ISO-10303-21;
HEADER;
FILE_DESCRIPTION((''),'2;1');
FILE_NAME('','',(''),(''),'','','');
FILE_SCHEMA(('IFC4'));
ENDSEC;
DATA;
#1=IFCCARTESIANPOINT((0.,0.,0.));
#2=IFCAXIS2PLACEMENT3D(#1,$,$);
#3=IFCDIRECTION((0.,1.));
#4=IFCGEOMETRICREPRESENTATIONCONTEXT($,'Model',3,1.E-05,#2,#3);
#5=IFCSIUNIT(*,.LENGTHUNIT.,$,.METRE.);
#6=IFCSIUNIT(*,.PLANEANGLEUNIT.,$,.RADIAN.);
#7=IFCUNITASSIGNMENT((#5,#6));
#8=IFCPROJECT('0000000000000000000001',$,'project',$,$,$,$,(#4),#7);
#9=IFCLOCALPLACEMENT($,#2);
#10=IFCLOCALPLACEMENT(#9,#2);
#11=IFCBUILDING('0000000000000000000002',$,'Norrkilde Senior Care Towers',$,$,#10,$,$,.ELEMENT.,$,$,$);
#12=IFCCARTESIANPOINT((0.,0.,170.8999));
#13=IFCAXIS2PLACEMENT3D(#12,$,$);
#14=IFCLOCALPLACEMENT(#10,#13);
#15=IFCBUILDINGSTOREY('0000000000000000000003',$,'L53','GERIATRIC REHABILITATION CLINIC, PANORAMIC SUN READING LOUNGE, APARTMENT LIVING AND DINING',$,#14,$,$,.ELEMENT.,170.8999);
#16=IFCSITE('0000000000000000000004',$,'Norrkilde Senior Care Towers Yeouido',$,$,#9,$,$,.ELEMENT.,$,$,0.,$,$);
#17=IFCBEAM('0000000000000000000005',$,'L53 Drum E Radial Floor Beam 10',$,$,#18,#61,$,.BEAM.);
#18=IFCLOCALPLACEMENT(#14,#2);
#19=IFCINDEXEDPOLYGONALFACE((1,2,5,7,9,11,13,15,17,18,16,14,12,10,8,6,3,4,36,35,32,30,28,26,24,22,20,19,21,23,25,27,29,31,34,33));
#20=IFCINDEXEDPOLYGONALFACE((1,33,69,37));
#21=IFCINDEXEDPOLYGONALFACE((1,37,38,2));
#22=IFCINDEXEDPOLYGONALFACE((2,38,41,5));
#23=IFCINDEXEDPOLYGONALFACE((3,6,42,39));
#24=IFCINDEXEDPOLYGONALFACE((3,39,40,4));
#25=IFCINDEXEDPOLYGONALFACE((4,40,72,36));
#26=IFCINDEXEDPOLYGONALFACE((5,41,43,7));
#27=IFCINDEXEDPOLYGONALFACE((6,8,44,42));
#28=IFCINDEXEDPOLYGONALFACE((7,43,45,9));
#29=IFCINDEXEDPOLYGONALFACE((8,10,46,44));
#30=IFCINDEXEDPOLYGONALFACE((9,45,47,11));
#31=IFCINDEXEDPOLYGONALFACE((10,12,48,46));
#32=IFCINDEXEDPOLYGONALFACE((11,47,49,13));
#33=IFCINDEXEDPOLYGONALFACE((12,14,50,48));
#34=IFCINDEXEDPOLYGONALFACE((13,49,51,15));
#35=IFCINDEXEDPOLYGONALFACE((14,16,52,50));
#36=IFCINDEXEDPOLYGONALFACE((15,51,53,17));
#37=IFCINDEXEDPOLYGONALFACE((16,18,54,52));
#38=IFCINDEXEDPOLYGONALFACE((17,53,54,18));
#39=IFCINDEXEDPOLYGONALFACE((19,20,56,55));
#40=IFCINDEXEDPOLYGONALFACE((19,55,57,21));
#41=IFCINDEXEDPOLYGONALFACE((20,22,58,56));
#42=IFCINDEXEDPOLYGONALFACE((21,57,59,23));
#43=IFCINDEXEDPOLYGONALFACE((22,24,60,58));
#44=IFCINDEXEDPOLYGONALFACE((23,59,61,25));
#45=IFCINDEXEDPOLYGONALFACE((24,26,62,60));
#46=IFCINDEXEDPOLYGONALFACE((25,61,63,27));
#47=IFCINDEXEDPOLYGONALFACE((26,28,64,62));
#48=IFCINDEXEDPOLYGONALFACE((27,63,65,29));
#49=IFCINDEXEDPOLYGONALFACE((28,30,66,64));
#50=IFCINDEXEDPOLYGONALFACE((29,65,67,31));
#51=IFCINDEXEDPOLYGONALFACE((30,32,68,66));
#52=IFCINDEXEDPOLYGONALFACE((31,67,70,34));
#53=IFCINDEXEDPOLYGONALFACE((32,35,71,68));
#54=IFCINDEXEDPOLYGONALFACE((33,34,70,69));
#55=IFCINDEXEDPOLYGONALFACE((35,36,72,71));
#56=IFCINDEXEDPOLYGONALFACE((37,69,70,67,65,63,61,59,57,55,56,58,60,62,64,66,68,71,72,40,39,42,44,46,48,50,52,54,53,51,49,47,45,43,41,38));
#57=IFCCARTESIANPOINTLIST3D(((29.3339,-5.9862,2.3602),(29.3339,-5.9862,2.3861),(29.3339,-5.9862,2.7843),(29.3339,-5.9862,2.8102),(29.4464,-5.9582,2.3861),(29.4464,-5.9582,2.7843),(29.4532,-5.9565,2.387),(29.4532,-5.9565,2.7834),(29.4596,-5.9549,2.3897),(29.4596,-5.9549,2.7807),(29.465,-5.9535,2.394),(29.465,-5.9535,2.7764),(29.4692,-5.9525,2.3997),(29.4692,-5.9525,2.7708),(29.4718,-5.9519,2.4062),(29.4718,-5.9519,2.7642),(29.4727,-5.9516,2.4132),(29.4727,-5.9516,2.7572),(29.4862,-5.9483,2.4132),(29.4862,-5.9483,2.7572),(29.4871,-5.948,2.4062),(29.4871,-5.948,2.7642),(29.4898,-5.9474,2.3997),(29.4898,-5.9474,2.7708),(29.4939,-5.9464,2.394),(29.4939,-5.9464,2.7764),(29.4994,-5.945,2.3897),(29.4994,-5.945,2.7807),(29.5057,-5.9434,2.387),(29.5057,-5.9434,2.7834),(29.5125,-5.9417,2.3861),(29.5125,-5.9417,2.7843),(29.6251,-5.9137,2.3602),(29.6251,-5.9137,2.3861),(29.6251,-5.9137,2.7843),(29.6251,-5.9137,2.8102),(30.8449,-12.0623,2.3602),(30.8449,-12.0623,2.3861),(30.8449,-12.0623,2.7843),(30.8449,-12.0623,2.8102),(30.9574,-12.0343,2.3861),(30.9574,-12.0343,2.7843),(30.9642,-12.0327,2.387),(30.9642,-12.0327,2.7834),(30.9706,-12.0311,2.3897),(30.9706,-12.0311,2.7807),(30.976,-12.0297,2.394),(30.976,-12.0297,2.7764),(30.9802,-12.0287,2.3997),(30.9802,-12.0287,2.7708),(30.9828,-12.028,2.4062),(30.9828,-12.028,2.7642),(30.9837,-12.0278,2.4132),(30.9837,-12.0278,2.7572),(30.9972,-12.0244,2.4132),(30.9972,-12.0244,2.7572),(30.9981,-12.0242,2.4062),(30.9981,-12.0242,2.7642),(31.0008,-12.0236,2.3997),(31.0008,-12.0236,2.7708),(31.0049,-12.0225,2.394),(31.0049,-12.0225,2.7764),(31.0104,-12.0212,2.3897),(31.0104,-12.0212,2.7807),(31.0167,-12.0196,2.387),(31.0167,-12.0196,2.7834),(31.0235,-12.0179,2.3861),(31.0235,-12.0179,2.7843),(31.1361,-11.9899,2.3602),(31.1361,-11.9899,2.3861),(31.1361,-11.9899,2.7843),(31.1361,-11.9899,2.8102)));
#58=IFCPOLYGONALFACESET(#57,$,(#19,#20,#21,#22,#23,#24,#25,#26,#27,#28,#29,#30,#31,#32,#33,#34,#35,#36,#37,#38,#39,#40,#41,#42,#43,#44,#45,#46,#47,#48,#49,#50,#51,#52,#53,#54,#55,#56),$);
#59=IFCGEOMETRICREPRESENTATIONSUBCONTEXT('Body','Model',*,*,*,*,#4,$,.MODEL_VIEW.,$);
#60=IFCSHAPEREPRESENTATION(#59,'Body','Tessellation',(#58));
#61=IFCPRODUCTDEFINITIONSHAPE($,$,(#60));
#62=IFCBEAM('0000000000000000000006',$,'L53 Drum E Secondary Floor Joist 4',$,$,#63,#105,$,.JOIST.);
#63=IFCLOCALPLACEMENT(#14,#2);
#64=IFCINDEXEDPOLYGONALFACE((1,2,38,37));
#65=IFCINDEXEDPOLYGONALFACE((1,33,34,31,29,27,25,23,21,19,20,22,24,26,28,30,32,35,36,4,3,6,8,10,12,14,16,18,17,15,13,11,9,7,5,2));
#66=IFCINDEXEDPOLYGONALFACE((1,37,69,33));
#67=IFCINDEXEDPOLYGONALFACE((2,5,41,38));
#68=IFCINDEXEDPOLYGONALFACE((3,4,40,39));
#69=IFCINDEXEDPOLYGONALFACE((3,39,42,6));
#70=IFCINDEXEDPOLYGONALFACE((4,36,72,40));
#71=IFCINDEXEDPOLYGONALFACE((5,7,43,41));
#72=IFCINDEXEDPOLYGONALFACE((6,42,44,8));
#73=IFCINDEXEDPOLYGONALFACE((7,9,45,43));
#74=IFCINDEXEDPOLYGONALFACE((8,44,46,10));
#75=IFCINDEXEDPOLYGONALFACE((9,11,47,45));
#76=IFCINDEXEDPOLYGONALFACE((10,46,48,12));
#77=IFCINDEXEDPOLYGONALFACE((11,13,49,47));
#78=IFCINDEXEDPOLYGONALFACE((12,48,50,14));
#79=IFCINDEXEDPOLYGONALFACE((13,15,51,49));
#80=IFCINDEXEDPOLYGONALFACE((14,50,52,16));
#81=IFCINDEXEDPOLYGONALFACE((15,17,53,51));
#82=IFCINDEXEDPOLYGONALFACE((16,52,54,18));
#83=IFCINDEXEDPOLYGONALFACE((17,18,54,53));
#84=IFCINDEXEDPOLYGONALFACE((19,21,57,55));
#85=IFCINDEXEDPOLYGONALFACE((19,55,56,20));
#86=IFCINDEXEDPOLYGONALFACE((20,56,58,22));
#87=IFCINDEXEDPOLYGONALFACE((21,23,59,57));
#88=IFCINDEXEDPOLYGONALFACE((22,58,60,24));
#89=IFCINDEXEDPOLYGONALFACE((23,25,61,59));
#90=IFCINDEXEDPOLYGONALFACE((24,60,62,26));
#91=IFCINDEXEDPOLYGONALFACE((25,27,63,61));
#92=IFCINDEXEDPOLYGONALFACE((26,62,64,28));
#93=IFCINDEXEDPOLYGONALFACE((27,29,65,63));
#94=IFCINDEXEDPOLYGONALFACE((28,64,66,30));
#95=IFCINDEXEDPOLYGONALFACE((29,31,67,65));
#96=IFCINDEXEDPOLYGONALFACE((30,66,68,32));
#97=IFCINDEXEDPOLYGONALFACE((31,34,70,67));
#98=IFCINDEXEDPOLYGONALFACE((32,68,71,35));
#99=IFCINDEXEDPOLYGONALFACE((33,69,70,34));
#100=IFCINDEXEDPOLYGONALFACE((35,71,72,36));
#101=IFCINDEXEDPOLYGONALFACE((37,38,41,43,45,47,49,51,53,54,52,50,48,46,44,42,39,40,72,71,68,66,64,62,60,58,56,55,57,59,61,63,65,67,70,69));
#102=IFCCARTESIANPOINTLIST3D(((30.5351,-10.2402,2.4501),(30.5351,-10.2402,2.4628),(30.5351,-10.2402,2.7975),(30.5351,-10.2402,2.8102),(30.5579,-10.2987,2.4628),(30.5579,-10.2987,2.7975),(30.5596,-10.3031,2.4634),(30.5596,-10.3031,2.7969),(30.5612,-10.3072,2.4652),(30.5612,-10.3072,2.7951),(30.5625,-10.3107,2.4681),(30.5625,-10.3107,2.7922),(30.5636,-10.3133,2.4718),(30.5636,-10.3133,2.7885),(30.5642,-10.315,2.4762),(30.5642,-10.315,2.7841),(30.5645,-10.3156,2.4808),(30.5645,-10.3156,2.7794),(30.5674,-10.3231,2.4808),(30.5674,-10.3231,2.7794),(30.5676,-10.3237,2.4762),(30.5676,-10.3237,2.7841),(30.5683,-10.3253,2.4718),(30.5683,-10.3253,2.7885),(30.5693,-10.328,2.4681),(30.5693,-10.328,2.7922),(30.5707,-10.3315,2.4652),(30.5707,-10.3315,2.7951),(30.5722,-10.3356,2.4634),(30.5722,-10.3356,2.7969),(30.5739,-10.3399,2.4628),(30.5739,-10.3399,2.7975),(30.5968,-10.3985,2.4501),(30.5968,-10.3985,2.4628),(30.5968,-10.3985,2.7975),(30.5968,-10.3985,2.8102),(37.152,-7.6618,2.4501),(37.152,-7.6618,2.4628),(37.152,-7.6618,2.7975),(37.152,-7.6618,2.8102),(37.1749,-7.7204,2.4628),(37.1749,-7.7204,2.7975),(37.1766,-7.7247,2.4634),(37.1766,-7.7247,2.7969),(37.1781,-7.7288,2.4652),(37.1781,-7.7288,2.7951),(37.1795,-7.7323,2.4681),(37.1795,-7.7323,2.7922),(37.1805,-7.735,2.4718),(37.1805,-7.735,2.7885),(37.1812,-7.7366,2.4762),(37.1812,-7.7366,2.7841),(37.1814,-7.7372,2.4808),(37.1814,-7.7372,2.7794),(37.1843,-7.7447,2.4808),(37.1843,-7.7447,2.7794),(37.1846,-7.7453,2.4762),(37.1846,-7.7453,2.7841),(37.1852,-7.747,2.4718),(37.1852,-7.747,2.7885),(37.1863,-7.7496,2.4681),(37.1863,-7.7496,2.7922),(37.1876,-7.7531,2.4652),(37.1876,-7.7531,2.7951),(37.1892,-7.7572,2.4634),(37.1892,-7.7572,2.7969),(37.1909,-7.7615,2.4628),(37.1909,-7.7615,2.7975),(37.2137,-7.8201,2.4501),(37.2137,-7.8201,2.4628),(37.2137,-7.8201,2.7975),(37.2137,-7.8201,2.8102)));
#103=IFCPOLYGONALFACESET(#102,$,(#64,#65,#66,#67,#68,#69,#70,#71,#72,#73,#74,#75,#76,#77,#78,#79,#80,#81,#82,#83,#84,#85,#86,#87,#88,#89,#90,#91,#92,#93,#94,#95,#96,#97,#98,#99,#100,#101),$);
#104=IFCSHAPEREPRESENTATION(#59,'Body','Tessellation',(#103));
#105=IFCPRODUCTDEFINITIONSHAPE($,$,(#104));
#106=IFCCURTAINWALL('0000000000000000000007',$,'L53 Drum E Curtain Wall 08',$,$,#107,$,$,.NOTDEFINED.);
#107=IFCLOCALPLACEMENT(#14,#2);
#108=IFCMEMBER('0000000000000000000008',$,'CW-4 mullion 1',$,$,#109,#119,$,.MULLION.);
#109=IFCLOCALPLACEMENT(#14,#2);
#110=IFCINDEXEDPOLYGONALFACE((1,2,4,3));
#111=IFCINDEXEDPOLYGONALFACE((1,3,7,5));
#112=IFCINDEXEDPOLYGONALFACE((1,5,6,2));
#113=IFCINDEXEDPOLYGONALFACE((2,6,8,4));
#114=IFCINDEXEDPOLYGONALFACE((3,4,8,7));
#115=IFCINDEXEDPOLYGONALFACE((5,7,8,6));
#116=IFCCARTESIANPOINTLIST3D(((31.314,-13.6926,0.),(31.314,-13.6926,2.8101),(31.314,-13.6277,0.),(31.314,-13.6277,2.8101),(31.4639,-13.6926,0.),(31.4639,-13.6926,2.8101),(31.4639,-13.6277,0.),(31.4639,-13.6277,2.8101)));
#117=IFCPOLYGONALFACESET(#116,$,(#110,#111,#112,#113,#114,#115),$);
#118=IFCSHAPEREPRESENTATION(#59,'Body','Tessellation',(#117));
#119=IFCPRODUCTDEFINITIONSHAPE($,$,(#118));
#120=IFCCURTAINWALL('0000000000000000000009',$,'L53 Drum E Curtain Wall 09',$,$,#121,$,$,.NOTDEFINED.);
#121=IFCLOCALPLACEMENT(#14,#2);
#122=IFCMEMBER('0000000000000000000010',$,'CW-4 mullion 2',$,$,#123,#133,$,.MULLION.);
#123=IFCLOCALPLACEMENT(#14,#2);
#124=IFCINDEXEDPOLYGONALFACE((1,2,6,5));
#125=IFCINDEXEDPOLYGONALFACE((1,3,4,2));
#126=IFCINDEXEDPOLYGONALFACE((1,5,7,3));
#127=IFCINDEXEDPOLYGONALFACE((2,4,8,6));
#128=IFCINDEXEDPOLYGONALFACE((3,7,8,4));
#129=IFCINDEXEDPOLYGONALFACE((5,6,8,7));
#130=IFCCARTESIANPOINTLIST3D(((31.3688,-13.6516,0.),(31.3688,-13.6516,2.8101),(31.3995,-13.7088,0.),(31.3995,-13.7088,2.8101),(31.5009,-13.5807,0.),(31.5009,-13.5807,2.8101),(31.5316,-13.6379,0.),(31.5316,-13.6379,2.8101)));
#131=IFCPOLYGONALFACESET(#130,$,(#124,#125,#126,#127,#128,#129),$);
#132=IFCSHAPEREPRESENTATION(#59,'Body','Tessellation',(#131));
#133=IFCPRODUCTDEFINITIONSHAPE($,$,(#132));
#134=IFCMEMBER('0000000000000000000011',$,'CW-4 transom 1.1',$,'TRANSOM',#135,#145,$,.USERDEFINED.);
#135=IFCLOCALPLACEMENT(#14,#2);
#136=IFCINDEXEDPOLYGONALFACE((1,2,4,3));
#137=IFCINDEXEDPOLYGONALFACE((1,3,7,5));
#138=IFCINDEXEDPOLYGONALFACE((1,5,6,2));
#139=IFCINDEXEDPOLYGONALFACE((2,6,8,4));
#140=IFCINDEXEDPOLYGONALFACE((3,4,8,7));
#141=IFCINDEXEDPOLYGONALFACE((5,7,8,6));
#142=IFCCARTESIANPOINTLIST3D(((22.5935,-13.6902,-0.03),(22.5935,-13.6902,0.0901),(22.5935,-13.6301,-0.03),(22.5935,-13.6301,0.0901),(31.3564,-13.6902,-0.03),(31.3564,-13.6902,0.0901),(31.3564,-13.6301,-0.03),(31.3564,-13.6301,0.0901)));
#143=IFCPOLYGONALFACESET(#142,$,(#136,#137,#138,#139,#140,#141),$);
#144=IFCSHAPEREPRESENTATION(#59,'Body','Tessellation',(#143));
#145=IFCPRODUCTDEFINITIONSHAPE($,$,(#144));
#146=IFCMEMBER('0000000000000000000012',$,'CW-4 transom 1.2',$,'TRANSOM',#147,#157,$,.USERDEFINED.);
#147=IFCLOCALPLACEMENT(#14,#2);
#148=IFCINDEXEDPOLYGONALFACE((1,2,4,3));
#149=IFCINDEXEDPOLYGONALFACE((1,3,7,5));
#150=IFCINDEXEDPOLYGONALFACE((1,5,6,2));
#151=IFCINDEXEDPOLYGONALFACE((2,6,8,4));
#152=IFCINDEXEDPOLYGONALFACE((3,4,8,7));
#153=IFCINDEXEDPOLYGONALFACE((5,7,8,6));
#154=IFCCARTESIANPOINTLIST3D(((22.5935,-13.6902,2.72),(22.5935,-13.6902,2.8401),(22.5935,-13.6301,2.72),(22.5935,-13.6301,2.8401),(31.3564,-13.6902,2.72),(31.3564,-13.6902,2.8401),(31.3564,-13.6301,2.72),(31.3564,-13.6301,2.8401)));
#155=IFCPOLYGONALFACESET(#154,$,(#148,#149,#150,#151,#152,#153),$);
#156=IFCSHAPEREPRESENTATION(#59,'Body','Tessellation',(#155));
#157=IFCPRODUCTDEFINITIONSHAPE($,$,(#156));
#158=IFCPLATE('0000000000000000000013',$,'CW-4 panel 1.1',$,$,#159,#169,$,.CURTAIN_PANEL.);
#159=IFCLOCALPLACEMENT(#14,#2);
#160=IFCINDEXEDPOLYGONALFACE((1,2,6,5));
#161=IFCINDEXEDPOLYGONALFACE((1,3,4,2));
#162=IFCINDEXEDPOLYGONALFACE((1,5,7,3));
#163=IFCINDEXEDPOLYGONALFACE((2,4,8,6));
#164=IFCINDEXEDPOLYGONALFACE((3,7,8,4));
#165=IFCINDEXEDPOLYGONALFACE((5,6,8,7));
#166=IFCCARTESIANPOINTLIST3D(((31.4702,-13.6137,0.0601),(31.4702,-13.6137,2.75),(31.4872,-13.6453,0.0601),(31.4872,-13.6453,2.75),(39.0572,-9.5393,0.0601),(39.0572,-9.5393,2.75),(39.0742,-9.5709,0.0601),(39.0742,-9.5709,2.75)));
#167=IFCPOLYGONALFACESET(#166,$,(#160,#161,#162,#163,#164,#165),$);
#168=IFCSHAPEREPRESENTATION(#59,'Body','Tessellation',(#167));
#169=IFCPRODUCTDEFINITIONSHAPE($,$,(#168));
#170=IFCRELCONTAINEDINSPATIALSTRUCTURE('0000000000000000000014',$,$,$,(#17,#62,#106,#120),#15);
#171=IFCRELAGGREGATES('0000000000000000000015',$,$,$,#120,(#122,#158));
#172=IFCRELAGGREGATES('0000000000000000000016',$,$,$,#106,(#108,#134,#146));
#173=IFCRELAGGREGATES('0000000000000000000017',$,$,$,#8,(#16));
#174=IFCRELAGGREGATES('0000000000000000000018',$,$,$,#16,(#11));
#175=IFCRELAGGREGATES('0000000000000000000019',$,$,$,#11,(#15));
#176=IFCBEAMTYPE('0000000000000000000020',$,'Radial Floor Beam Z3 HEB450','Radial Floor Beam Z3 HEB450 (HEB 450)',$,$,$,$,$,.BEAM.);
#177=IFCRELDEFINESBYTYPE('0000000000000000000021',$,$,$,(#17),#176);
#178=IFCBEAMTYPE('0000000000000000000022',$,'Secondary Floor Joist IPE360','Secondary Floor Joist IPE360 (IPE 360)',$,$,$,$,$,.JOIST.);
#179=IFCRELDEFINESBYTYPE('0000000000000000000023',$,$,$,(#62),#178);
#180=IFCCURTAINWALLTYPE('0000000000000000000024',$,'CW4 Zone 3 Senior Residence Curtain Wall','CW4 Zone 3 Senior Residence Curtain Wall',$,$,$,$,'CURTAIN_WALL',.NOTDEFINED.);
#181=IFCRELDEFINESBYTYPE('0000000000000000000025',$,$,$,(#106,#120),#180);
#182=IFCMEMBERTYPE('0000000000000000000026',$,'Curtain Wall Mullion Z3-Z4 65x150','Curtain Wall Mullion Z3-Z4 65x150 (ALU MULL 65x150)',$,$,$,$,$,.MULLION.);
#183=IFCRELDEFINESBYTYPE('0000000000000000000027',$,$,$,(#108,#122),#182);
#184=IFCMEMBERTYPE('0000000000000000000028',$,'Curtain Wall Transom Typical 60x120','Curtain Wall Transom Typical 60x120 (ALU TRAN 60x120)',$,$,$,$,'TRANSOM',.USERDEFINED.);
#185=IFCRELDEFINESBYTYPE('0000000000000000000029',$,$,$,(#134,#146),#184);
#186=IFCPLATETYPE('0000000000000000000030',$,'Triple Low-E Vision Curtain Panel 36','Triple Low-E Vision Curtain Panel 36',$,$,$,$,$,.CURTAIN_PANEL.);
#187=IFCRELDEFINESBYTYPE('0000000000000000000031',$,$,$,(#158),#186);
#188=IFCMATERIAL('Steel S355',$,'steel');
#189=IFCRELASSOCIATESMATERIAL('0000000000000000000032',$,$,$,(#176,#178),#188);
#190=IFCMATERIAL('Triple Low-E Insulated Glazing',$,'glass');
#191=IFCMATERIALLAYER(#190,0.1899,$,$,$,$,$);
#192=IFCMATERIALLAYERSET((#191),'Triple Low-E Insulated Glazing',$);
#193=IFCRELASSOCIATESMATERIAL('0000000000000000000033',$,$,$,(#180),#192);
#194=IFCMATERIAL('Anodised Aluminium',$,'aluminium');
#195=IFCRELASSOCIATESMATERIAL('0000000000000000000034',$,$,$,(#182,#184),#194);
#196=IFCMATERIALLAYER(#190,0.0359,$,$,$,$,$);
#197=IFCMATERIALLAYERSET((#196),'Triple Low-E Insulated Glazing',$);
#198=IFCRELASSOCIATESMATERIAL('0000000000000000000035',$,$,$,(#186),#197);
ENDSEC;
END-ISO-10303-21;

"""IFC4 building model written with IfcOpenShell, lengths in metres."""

from ifc_helpers import new_model, si_unit, direction, frame, origin, origin_2d, place, context, subcontext, project, spatial, rectangle, i_section, extrude, source, transform, mapped, material, layer, layer_set, material_profile, profile_set, type_object, type_shapes, element, aggregate, save


model = new_model("IFC4")

# Units and contexts
model_context = context("Model", 3, precision=1e-05, world=origin(), true_north=direction((0.0, 1.0)))
body_context = subcontext(model_context, "Body", "Model", "MODEL_VIEW")
ifc_project = project(units=[si_unit("LENGTHUNIT", "METRE"), si_unit("PLANEANGLEUNIT", "RADIAN")], contexts=[model_context])

# Site, building, storey
site_placement = place(None, origin())
site = spatial("IfcSite", under=ifc_project, at=site_placement, Name="Norrkilde Senior Care Towers Yeouido", CompositionType="ELEMENT", RefElevation=0.0)
building_placement = place(site_placement, origin())
building = spatial("IfcBuilding", under=site, at=building_placement, Name="Norrkilde Senior Care Towers", CompositionType="ELEMENT")
storey_placement = place(building_placement, frame((0.0, 0.0, 170.8999)))
storey = spatial("IfcBuildingStorey", under=building, at=storey_placement, Name="L53", Description="GERIATRIC REHABILITATION CLINIC, PANORAMIC SUN READING LOUNGE, APARTMENT LIVING AND DINING", CompositionType="ELEMENT", Elevation=170.8999)

# Beams
ifc_material_1 = material(Name="Steel S355", Category="steel")
ifc_material_profile_1 = material_profile(ifc_material_1, i_section(OverallWidth=0.3, OverallDepth=0.45, WebThickness=0.0139, FlangeThickness=0.0259, FilletRadius=0.0271, at=origin_2d()), Name="HEB 450")
ifc_profile_set_1 = profile_set([ifc_material_profile_1], Name="Steel S355")
beam_type_1 = type_object("IfcBeamType", Name="Radial Floor Beam Z3 HEB450", Description="Radial Floor Beam Z3 HEB450 (HEB 450)", PredefinedType="BEAM", material=ifc_profile_set_1)
shared_shape_1 = source(origin(), body_context, "Body", "SweptSolid", [
    extrude(i_section(OverallWidth=0.3, OverallDepth=0.45, WebThickness=0.0139, FlangeThickness=0.0259, FilletRadius=0.0271, at=origin_2d()), origin(), (0.0, 0.0, 1.0), 6.2612),
])
beam_1_placement = place(storey_placement, frame((29.4795, -5.95, 2.5852), z_axis=(0.241324, -0.970445, 0.0), x_axis=(0.970445, 0.241324, 0.0)))
element("IfcBeam", 1, at=beam_1_placement, inside=storey, type_object=beam_type_1, Name="L53 Drum E Radial Floor Beam 10", PredefinedType="BEAM", context=body_context, shape_type="MappedRepresentation", body=[
    mapped(shared_shape_1, transform((0.0, 0.0, 0.0), x_axis=(1.0, 0.0, 0.0), y_axis=(0.0, 1.0, 0.0), z_axis=(0.0, 0.0, 1.0), scale=1.0)),
])
ifc_material_profile_2 = material_profile(ifc_material_1, i_section(OverallWidth=0.1699, OverallDepth=0.3601, WebThickness=0.0081, FlangeThickness=0.0127, FilletRadius=0.0181, at=origin_2d()), Name="IPE 360")
ifc_profile_set_2 = profile_set([ifc_material_profile_2], Name="Steel S355")
beam_type_2 = type_object("IfcBeamType", Name="Secondary Floor Joist IPE360", Description="Secondary Floor Joist IPE360 (IPE 360)", PredefinedType="JOIST", material=ifc_profile_set_2)
shared_shape_2 = source(origin(), body_context, "Body", "SweptSolid", [
    extrude(i_section(OverallWidth=0.1699, OverallDepth=0.3601, WebThickness=0.0081, FlangeThickness=0.0127, FilletRadius=0.0181, at=origin_2d()), origin(), (0.0, 0.0, 1.0), 7.1016),
])
type_shapes(beam_type_2, [shared_shape_2])
beam_2_placement = place(storey_placement, frame((30.5659, -10.3193, 2.6301), z_axis=(0.931761, 0.363072, 0.0), x_axis=(-0.363072, 0.931761, 0.0)))
element("IfcBeam", 2, at=beam_2_placement, inside=storey, type_object=beam_type_2, Name="L53 Drum E Secondary Floor Joist 4", PredefinedType="JOIST", context=body_context, shape_type="MappedRepresentation", body=[
    mapped(shared_shape_2, transform((0.0, 0.0, 0.0), x_axis=(1.0, 0.0, 0.0), y_axis=(0.0, 1.0, 0.0), z_axis=(0.0, 0.0, 1.0), scale=1.0)),
])

# Curtain walls, members
ifc_material_2 = material(Name="Triple Low-E Insulated Glazing", Category="glass")
ifc_layer_1 = layer(ifc_material_2, 0.1899)
ifc_layer_set_1 = layer_set([ifc_layer_1], Name="Triple Low-E Insulated Glazing")
curtain_wall_type = type_object("IfcCurtainWallType", Name="CW4 Zone 3 Senior Residence Curtain Wall", Description="CW4 Zone 3 Senior Residence Curtain Wall", ElementType="CURTAIN_WALL", PredefinedType="NOTDEFINED", material=ifc_layer_set_1)
curtain_wall_1_placement = place(storey_placement, origin())
curtain_wall_1 = element("IfcCurtainWall", 3, at=curtain_wall_1_placement, inside=storey, type_object=curtain_wall_type, Name="L53 Drum E Curtain Wall 08", PredefinedType="NOTDEFINED")
ifc_material_3 = material(Name="Anodised Aluminium", Category="aluminium")
ifc_material_profile_3 = material_profile(ifc_material_3, rectangle(XDim=0.0649, YDim=0.1499, at=origin_2d()), Name="ALU MULL 65x150")
ifc_profile_set_3 = profile_set([ifc_material_profile_3], Name="Anodised Aluminium")
member_type_1 = type_object("IfcMemberType", Name="Curtain Wall Mullion Z3-Z4 65x150", Description="Curtain Wall Mullion Z3-Z4 65x150 (ALU MULL 65x150)", PredefinedType="MULLION", material=ifc_profile_set_3)
shared_shape_3 = source(origin(), body_context, "Body", "SweptSolid", [
    extrude(rectangle(XDim=0.0649, YDim=0.1499, at=origin_2d()), origin(), (0.0, 0.0, 1.0), 2.8101),
])
type_shapes(member_type_1, [shared_shape_3])
member_1_placement = place(storey_placement, frame((31.3889, -13.6602, 0.0), z_axis=(0.0, 0.0, 1.0), x_axis=(0.0, -1.0, 0.0)))
member_1 = element("IfcMember", 4, at=member_1_placement, type_object=member_type_1, Name="CW-4 mullion 1", PredefinedType="MULLION", context=body_context, shape_type="MappedRepresentation", body=[
    mapped(shared_shape_3, transform((0.0, 0.0, 0.0), x_axis=(1.0, 0.0, 0.0), y_axis=(0.0, 1.0, 0.0), z_axis=(0.0, 0.0, 1.0), scale=1.0)),
])
curtain_wall_2_placement = place(storey_placement, origin())
curtain_wall_2 = element("IfcCurtainWall", 5, at=curtain_wall_2_placement, inside=storey, type_object=curtain_wall_type, Name="L53 Drum E Curtain Wall 09", PredefinedType="NOTDEFINED")
member_2_placement = place(storey_placement, frame((31.4502, -13.6448, 0.0), z_axis=(0.0, 0.0, 1.0), x_axis=(0.473117, -0.881, 0.0)))
member_2 = element("IfcMember", 6, at=member_2_placement, type_object=member_type_1, Name="CW-4 mullion 2", PredefinedType="MULLION", context=body_context, shape_type="MappedRepresentation", body=[
    mapped(shared_shape_3, transform((0.0, 0.0, 0.0), x_axis=(1.0, 0.0, 0.0), y_axis=(0.0, 1.0, 0.0), z_axis=(0.0, 0.0, 1.0), scale=1.0)),
])

# Members
ifc_material_profile_4 = material_profile(ifc_material_3, rectangle(XDim=0.0601, YDim=0.1201, at=origin_2d()), Name="ALU TRAN 60x120")
ifc_profile_set_4 = profile_set([ifc_material_profile_4], Name="Anodised Aluminium")
member_type_2 = type_object("IfcMemberType", Name="Curtain Wall Transom Typical 60x120", Description="Curtain Wall Transom Typical 60x120 (ALU TRAN 60x120)", ElementType="TRANSOM", PredefinedType="USERDEFINED", material=ifc_profile_set_4)
shared_shape_4 = source(origin(), body_context, "Body", "SweptSolid", [
    extrude(rectangle(XDim=0.0601, YDim=0.1201, at=origin_2d()), origin(), (0.0, 0.0, 1.0), 8.7629),
])
type_shapes(member_type_2, [shared_shape_4])
member_3_placement = place(storey_placement, frame((31.3564, -13.6602, 0.03), z_axis=(-1.0, 0.0, 0.0), x_axis=(0.0, -1.0, 0.0)))
member_3 = element("IfcMember", 7, at=member_3_placement, type_object=member_type_2, Name="CW-4 transom 1.1", ObjectType="TRANSOM", PredefinedType="USERDEFINED", context=body_context, shape_type="MappedRepresentation", body=[
    mapped(shared_shape_4, transform((0.0, 0.0, 0.0), x_axis=(1.0, 0.0, 0.0), y_axis=(0.0, 1.0, 0.0), z_axis=(0.0, 0.0, 1.0), scale=1.0)),
])
member_4_placement = place(storey_placement, frame((31.3564, -13.6602, 2.78), z_axis=(-1.0, 0.0, 0.0), x_axis=(0.0, -1.0, 0.0)))
member_4 = element("IfcMember", 8, at=member_4_placement, type_object=member_type_2, Name="CW-4 transom 1.2", ObjectType="TRANSOM", PredefinedType="USERDEFINED", context=body_context, shape_type="MappedRepresentation", body=[
    mapped(shared_shape_4, transform((0.0, 0.0, 0.0), x_axis=(1.0, 0.0, 0.0), y_axis=(0.0, 1.0, 0.0), z_axis=(0.0, 0.0, 1.0), scale=1.0)),
])

# Plate
ifc_layer_2 = layer(ifc_material_2, 0.0359)
ifc_layer_set_2 = layer_set([ifc_layer_2], Name="Triple Low-E Insulated Glazing")
plate_type = type_object("IfcPlateType", Name="Triple Low-E Vision Curtain Panel 36", Description="Triple Low-E Vision Curtain Panel 36", PredefinedType="CURTAIN_PANEL", material=ifc_layer_set_2)
shared_shape_5 = source(origin(), body_context, "Body", "SweptSolid", [
    extrude(rectangle(XDim=8.6118, YDim=0.0359, at=origin_2d()), origin(), (0.0, 0.0, 1.0), 2.6899),
])
plate_1_placement = place(storey_placement, frame((35.2722, -11.5923, 0.0601), z_axis=(0.0, 0.0, 1.0), x_axis=(-0.881, -0.473117, 0.0)))
plate_1 = element("IfcPlate", 9, at=plate_1_placement, type_object=plate_type, Name="CW-4 panel 1.1", PredefinedType="CURTAIN_PANEL", context=body_context, shape_type="MappedRepresentation", body=[
    mapped(shared_shape_5, transform((0.0, 0.0, 0.0), x_axis=(1.0, 0.0, 0.0), y_axis=(0.0, 1.0, 0.0), z_axis=(0.0, 0.0, 1.0), scale=1.0)),
])
aggregate(curtain_wall_2, [member_2, plate_1])
aggregate(curtain_wall_1, [member_1, member_3, member_4])

save(model, "model.ifc")
